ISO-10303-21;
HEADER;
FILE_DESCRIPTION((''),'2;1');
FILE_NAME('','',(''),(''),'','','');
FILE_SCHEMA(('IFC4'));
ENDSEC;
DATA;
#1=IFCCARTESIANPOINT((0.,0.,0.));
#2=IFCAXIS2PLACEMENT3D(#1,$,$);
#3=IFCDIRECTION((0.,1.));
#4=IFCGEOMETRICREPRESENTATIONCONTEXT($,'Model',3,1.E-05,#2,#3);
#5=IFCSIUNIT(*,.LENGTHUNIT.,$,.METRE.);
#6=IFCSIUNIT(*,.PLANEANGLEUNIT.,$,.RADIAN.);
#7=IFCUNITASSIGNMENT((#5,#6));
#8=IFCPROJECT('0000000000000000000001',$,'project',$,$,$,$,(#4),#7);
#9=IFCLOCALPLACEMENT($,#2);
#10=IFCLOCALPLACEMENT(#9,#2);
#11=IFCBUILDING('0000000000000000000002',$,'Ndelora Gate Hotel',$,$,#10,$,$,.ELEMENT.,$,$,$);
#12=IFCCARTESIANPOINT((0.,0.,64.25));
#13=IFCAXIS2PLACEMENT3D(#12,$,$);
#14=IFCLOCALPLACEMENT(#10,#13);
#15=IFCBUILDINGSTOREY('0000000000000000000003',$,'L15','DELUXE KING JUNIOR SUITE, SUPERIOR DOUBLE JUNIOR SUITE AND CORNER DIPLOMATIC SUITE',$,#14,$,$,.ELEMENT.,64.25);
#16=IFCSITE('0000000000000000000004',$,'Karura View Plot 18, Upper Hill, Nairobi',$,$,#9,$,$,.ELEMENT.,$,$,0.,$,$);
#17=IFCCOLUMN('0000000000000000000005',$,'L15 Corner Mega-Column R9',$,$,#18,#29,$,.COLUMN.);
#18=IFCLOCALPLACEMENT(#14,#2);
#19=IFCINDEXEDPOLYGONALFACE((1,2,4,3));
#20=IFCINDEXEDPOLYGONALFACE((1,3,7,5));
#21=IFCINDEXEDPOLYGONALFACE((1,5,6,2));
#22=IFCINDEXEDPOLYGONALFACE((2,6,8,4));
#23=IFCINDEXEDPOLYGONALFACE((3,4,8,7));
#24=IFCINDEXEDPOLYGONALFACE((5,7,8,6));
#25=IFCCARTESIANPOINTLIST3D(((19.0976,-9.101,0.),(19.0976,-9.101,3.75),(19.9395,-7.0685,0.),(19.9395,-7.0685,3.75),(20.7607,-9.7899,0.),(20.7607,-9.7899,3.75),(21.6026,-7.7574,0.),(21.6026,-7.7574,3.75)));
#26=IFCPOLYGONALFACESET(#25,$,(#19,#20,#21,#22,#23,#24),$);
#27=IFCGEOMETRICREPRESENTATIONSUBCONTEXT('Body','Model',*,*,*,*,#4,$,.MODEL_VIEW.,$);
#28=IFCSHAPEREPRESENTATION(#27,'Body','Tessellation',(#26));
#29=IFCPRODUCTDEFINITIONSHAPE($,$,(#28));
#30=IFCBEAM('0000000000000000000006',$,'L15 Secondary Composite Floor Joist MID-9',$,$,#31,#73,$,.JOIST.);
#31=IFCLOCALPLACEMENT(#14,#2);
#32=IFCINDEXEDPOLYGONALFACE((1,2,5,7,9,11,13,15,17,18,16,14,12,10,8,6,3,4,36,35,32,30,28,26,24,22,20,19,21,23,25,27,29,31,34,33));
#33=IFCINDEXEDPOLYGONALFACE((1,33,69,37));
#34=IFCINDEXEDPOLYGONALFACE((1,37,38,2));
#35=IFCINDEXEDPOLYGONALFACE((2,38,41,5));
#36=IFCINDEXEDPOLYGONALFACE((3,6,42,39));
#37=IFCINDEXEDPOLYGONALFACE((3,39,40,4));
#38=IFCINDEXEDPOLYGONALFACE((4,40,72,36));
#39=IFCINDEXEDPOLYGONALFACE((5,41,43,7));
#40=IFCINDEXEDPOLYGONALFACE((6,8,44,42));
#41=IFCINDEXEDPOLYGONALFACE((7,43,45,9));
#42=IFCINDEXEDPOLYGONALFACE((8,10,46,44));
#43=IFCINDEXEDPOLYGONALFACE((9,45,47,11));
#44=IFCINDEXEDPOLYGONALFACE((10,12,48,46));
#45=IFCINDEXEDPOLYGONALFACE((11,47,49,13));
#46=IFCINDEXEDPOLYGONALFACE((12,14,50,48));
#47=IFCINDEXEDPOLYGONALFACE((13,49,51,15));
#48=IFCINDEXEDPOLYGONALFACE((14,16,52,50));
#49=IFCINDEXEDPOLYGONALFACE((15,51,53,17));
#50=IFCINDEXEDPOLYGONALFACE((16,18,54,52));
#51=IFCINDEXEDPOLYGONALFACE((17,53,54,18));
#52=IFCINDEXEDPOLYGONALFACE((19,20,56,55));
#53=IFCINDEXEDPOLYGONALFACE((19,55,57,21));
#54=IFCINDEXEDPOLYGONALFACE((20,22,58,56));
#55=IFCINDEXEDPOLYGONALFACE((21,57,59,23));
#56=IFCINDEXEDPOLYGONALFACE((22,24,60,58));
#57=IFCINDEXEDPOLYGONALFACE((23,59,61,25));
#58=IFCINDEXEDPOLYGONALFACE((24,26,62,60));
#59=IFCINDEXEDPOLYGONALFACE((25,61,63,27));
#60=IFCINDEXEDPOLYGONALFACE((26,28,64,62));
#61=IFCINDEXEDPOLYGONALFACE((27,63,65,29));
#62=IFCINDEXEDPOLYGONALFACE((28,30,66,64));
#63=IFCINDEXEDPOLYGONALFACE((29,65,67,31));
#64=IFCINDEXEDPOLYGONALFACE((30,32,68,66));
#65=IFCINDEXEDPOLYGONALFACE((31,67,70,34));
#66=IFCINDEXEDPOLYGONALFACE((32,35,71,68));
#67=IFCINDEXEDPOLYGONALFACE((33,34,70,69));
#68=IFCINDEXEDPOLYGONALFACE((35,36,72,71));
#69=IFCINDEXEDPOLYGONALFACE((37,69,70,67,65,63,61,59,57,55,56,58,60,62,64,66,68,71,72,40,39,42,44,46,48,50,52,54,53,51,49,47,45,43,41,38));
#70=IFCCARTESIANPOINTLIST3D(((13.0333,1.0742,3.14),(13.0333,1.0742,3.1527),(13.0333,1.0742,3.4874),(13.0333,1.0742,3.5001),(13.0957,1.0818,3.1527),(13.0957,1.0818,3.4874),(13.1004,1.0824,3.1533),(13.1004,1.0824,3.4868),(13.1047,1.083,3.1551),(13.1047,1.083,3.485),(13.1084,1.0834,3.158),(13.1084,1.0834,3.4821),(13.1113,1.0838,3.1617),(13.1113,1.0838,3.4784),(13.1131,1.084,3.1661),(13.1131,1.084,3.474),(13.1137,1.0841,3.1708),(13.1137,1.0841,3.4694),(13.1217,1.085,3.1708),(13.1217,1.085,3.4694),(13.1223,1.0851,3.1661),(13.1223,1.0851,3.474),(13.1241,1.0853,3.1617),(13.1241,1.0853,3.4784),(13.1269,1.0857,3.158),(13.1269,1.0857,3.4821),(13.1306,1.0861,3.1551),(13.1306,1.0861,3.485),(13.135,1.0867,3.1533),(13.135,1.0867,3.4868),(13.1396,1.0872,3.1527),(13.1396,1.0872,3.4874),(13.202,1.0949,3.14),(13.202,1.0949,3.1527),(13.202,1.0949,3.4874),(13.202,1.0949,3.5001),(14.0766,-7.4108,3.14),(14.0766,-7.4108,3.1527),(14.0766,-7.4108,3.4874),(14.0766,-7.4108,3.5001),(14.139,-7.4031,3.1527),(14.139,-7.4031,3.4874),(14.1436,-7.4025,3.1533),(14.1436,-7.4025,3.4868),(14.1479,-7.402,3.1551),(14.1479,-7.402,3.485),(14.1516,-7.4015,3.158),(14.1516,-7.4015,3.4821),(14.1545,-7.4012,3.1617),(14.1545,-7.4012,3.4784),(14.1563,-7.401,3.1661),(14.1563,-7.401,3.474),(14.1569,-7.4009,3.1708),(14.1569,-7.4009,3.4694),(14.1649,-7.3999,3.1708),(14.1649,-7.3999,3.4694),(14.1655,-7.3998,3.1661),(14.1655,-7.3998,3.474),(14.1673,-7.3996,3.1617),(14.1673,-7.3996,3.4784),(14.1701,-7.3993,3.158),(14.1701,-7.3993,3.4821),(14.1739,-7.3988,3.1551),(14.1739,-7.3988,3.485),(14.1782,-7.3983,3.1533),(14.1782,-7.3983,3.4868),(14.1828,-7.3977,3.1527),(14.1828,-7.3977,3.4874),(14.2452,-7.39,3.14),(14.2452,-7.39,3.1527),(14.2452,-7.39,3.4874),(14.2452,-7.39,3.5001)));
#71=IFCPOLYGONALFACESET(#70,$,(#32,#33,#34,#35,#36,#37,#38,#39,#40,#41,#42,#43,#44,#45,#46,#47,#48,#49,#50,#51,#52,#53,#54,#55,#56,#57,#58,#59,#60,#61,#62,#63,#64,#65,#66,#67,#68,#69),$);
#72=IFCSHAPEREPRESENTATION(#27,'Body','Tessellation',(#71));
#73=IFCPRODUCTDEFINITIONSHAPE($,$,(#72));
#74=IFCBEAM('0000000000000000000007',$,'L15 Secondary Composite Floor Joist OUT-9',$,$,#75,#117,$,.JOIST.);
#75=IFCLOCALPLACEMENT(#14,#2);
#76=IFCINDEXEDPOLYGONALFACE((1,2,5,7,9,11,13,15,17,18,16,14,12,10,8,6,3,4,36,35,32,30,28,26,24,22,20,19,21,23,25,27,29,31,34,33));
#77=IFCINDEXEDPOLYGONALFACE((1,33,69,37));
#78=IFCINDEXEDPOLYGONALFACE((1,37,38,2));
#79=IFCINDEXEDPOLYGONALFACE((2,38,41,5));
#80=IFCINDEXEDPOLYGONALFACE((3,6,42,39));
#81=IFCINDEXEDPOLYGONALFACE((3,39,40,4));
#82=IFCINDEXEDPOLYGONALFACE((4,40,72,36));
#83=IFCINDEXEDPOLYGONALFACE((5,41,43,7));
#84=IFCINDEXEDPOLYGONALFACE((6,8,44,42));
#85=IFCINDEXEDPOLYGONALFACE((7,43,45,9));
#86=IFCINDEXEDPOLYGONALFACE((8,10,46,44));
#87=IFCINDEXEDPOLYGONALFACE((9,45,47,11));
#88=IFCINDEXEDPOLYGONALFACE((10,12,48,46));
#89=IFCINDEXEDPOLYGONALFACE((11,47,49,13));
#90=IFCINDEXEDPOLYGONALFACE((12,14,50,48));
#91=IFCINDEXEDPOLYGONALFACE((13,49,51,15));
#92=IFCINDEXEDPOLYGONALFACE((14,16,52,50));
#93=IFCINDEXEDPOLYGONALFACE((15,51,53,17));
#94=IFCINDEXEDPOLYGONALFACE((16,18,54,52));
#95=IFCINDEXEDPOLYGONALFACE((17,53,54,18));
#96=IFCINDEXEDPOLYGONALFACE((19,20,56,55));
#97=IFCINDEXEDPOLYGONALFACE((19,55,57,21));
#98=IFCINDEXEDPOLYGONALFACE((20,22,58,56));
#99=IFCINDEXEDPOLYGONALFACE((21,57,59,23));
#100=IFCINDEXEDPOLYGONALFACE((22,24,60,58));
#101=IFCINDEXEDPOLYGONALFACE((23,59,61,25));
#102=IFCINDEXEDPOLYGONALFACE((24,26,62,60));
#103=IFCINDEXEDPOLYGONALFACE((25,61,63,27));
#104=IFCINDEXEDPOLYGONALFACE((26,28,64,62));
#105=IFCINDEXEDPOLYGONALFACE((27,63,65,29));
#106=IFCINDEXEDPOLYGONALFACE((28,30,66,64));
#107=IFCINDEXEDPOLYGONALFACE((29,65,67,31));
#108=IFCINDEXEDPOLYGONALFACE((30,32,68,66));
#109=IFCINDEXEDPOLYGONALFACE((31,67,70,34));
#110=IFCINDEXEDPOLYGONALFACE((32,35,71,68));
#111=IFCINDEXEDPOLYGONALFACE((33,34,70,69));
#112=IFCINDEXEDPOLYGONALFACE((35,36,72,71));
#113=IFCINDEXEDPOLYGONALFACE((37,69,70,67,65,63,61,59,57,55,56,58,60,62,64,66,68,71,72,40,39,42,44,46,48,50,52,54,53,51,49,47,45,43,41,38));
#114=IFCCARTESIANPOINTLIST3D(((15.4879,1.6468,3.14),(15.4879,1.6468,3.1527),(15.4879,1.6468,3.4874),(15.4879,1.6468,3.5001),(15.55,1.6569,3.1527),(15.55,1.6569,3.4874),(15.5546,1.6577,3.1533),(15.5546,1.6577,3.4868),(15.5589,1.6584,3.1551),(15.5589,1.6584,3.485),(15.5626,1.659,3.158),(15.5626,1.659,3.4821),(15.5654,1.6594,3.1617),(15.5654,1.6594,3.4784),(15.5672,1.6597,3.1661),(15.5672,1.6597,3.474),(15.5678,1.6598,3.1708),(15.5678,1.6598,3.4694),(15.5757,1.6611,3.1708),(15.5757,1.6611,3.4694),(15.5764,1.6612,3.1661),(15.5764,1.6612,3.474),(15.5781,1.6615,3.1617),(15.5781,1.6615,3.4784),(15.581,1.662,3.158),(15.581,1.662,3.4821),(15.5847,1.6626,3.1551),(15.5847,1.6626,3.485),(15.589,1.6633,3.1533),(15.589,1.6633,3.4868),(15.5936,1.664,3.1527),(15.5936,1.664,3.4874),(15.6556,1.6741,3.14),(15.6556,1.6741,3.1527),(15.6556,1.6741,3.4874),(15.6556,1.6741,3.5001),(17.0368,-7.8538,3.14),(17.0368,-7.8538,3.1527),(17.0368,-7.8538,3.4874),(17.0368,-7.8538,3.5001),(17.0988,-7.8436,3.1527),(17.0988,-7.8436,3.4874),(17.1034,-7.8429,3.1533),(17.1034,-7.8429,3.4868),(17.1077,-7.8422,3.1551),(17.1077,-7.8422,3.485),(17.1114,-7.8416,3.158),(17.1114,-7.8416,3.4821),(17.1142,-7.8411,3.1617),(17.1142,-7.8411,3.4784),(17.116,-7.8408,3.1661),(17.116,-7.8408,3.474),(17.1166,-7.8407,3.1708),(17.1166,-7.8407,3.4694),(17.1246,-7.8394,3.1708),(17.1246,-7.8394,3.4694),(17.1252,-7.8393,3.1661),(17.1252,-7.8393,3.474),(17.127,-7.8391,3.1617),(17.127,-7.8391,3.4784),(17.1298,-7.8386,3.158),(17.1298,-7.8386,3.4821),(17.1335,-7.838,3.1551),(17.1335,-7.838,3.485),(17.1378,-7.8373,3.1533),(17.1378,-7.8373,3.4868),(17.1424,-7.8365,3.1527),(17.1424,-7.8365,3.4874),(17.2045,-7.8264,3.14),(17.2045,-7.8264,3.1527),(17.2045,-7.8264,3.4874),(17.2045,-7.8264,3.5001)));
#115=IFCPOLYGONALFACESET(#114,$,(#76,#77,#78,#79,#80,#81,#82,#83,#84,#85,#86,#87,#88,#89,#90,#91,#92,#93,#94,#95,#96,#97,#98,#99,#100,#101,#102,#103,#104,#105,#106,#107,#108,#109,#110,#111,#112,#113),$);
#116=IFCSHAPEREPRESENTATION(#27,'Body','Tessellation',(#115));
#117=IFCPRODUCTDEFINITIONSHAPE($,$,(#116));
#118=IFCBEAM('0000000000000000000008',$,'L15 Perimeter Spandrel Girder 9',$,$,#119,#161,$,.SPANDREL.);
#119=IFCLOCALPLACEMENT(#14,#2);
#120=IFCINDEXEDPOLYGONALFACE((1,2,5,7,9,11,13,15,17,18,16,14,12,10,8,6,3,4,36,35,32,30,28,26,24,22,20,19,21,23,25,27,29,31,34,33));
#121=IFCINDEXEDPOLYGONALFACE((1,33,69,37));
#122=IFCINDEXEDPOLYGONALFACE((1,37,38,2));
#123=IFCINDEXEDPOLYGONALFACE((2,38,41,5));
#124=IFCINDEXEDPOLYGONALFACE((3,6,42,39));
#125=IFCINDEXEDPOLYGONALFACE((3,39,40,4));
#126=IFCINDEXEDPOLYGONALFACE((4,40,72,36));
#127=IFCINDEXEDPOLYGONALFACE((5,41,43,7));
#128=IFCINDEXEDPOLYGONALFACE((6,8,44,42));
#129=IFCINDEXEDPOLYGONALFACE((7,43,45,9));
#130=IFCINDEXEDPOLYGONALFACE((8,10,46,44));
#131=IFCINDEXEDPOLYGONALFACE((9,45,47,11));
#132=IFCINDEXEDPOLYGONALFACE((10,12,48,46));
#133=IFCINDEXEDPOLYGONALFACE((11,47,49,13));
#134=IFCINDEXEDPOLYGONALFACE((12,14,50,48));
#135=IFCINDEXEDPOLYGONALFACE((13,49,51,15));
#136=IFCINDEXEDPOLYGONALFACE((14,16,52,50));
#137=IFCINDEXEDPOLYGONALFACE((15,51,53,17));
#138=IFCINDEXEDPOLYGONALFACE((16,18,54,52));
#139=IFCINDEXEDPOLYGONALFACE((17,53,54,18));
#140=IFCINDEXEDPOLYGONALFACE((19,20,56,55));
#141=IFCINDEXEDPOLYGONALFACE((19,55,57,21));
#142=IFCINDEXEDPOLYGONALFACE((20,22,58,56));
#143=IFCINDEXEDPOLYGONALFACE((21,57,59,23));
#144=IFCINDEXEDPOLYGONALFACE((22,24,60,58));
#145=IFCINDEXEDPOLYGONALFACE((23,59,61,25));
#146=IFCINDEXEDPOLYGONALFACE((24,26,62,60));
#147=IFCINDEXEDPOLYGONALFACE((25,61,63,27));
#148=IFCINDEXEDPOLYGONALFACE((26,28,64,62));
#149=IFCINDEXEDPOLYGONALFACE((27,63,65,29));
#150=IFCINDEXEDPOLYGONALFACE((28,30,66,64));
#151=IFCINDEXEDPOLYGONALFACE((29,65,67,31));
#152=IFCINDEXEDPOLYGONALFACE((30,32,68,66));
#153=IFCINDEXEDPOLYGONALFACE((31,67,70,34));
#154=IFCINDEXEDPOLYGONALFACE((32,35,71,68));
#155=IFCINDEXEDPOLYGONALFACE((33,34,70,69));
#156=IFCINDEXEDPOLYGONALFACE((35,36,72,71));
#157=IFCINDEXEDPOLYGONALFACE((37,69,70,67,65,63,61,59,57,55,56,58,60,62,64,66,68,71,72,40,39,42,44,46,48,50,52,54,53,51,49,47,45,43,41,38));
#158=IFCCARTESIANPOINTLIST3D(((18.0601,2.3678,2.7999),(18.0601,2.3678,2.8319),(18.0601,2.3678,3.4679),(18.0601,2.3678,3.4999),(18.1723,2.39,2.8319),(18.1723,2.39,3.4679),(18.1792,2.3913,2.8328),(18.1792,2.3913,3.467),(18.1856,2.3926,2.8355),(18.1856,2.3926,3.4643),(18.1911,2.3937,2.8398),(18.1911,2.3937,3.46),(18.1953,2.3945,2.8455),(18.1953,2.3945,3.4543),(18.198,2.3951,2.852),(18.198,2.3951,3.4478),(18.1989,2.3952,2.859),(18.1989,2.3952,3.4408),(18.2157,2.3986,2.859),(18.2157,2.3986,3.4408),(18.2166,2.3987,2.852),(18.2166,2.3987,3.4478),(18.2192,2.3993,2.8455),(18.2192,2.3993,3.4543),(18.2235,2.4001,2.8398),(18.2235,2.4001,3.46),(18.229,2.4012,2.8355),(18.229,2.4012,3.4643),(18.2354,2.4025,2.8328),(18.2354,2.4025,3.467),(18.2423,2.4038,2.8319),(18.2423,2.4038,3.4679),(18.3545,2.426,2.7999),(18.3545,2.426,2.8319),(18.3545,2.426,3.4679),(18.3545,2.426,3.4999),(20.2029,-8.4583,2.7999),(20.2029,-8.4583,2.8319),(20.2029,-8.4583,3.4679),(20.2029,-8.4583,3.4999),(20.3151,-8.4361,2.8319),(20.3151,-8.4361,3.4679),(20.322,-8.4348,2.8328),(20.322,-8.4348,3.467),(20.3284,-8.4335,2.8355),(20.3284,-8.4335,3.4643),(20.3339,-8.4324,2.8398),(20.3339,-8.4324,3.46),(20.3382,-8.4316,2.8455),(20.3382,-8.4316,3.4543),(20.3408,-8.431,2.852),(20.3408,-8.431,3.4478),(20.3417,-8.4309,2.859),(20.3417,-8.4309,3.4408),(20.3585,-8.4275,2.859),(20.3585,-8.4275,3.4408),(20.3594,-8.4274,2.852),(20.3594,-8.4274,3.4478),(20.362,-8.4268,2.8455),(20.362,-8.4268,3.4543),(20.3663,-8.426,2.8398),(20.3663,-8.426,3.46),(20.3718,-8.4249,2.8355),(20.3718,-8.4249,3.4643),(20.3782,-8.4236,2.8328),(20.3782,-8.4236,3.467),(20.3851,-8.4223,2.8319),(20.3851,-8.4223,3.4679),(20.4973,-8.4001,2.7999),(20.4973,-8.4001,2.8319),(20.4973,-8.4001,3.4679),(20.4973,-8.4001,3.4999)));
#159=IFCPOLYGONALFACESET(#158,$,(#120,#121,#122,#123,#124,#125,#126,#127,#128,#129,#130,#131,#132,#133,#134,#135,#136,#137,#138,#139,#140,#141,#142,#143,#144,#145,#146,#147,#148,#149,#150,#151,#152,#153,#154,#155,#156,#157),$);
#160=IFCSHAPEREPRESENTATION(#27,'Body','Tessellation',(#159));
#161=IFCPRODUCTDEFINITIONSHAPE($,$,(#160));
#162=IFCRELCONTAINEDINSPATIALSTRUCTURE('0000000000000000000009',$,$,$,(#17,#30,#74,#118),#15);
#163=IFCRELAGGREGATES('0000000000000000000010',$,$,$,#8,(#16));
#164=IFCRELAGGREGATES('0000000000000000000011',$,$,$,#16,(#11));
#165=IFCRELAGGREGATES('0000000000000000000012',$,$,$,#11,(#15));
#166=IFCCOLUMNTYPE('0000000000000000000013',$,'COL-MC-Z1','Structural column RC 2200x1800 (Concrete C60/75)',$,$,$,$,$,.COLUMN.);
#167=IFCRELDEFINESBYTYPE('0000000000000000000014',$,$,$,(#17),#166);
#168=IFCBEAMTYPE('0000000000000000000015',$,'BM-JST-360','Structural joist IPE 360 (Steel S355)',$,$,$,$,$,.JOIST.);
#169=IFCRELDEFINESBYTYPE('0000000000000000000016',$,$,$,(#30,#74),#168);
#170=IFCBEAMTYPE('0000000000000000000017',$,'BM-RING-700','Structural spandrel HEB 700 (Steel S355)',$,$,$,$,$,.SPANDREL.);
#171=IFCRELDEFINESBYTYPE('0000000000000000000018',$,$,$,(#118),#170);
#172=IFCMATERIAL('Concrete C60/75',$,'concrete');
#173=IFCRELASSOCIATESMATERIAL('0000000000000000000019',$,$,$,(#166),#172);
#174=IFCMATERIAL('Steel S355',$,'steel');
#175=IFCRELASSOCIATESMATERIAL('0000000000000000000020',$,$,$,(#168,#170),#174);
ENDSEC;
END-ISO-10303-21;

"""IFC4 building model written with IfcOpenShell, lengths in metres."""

from ifc_helpers import new_model, si_unit, direction, frame, origin, origin_2d, place, context, subcontext, project, spatial, rectangle, i_section, extrude, material, material_profile, profile_set, type_object, element, save


model = new_model("IFC4")

# Units and contexts
model_context = context("Model", 3, precision=1e-05, world=origin(), true_north=direction((0.0, 1.0)))
body_context = subcontext(model_context, "Body", "Model", "MODEL_VIEW")
ifc_project = project(units=[si_unit("LENGTHUNIT", "METRE"), si_unit("PLANEANGLEUNIT", "RADIAN")], contexts=[model_context])

# Site, building, storey
site_placement = place(None, origin())
site = spatial("IfcSite", under=ifc_project, at=site_placement, Name="Karura View Plot 18, Upper Hill, Nairobi", CompositionType="ELEMENT", RefElevation=0.0)
building_placement = place(site_placement, origin())
building = spatial("IfcBuilding", under=site, at=building_placement, Name="Ndelora Gate Hotel", CompositionType="ELEMENT")
storey_placement = place(building_placement, frame((0.0, 0.0, 64.25)))
storey = spatial("IfcBuildingStorey", under=building, at=storey_placement, Name="L15", Description="DELUXE KING JUNIOR SUITE, SUPERIOR DOUBLE JUNIOR SUITE AND CORNER DIPLOMATIC SUITE", CompositionType="ELEMENT", Elevation=64.25)

# Column
ifc_material_1 = material(Name="Concrete C60/75", Category="concrete")
ifc_material_profile_1 = material_profile(ifc_material_1, rectangle(XDim=1.8, YDim=2.2, at=origin_2d()), Name="RC 2200x1800")
ifc_profile_set_1 = profile_set([ifc_material_profile_1], Name="Concrete C60/75")
column_type = type_object("IfcColumnType", Name="COL-MC-Z1", Description="Structural column RC 2200x1800 (Concrete C60/75)", PredefinedType="COLUMN", material=ifc_profile_set_1)
column_placement = place(storey_placement, frame((20.3501, -8.4292, 0.0), z_axis=(0.0, 0.0, 1.0), x_axis=(-0.92388, 0.382683, 0.0)))
element("IfcColumn", 1, at=column_placement, inside=storey, type_object=column_type, Name="L15 Corner Mega-Column R9", PredefinedType="COLUMN", context=body_context, shape_type="SweptSolid", body=[
    extrude(rectangle(XDim=1.8, YDim=2.2, at=origin_2d()), origin(), (0.0, 0.0, 1.0), 3.75),
])

# Beams
ifc_material_2 = material(Name="Steel S355", Category="steel")
ifc_material_profile_2 = material_profile(ifc_material_2, i_section(OverallWidth=0.1699, OverallDepth=0.3601, WebThickness=0.0081, FlangeThickness=0.0127, FilletRadius=0.0181, at=origin_2d()), Name="IPE 360")
ifc_profile_set_2 = profile_set([ifc_material_profile_2], Name="Steel S355")
beam_type_1 = type_object("IfcBeamType", Name="BM-JST-360", Description="Structural joist IPE 360 (Steel S355)", PredefinedType="JOIST", material=ifc_profile_set_2)
beam_1_placement = place(storey_placement, frame((14.1609, -7.4004, 3.3201), z_axis=(-0.122031, 0.992526, 0.0), x_axis=(-0.992526, -0.122031, 0.0)))
element("IfcBeam", 2, at=beam_1_placement, inside=storey, type_object=beam_type_1, Name="L15 Secondary Composite Floor Joist MID-9", PredefinedType="JOIST", context=body_context, shape_type="SweptSolid", body=[
    extrude(i_section(OverallWidth=0.1699, OverallDepth=0.3601, WebThickness=0.0081, FlangeThickness=0.0127, FilletRadius=0.0181, at=origin_2d()), origin(), (0.0, 0.0, 1.0), 8.5488),
])
beam_2_placement = place(storey_placement, frame((17.1206, -7.8401, 3.3201), z_axis=(-0.160902, 0.98697, 0.0), x_axis=(-0.98697, -0.160902, 0.0)))
element("IfcBeam", 3, at=beam_2_placement, inside=storey, type_object=beam_type_1, Name="L15 Secondary Composite Floor Joist OUT-9", PredefinedType="JOIST", context=body_context, shape_type="SweptSolid", body=[
    extrude(i_section(OverallWidth=0.1699, OverallDepth=0.3601, WebThickness=0.0081, FlangeThickness=0.0127, FilletRadius=0.0181, at=origin_2d()), origin(), (0.0, 0.0, 1.0), 9.626),
])
ifc_material_profile_3 = material_profile(ifc_material_2, i_section(OverallWidth=0.3, OverallDepth=0.7, WebThickness=0.0171, FlangeThickness=0.032, FilletRadius=0.0271, at=origin_2d()), Name="HEB 700")
ifc_profile_set_3 = profile_set([ifc_material_profile_3], Name="Steel S355")
beam_type_2 = type_object("IfcBeamType", Name="BM-RING-700", Description="Structural spandrel HEB 700 (Steel S355)", PredefinedType="SPANDREL", material=ifc_profile_set_3)
beam_3_placement = place(storey_placement, frame((20.3501, -8.4292, 3.1499), z_axis=(-0.194163, 0.980969, 0.0), x_axis=(-0.980969, -0.194163, 0.0)))
element("IfcBeam", 4, at=beam_3_placement, inside=storey, type_object=beam_type_2, Name="L15 Perimeter Spandrel Girder 9", PredefinedType="SPANDREL", context=body_context, shape_type="SweptSolid", body=[
    extrude(i_section(OverallWidth=0.3, OverallDepth=0.7, WebThickness=0.0171, FlangeThickness=0.032, FilletRadius=0.0271, at=origin_2d()), origin(), (0.0, 0.0, 1.0), 11.0361),
])

save(model, "model.ifc")
